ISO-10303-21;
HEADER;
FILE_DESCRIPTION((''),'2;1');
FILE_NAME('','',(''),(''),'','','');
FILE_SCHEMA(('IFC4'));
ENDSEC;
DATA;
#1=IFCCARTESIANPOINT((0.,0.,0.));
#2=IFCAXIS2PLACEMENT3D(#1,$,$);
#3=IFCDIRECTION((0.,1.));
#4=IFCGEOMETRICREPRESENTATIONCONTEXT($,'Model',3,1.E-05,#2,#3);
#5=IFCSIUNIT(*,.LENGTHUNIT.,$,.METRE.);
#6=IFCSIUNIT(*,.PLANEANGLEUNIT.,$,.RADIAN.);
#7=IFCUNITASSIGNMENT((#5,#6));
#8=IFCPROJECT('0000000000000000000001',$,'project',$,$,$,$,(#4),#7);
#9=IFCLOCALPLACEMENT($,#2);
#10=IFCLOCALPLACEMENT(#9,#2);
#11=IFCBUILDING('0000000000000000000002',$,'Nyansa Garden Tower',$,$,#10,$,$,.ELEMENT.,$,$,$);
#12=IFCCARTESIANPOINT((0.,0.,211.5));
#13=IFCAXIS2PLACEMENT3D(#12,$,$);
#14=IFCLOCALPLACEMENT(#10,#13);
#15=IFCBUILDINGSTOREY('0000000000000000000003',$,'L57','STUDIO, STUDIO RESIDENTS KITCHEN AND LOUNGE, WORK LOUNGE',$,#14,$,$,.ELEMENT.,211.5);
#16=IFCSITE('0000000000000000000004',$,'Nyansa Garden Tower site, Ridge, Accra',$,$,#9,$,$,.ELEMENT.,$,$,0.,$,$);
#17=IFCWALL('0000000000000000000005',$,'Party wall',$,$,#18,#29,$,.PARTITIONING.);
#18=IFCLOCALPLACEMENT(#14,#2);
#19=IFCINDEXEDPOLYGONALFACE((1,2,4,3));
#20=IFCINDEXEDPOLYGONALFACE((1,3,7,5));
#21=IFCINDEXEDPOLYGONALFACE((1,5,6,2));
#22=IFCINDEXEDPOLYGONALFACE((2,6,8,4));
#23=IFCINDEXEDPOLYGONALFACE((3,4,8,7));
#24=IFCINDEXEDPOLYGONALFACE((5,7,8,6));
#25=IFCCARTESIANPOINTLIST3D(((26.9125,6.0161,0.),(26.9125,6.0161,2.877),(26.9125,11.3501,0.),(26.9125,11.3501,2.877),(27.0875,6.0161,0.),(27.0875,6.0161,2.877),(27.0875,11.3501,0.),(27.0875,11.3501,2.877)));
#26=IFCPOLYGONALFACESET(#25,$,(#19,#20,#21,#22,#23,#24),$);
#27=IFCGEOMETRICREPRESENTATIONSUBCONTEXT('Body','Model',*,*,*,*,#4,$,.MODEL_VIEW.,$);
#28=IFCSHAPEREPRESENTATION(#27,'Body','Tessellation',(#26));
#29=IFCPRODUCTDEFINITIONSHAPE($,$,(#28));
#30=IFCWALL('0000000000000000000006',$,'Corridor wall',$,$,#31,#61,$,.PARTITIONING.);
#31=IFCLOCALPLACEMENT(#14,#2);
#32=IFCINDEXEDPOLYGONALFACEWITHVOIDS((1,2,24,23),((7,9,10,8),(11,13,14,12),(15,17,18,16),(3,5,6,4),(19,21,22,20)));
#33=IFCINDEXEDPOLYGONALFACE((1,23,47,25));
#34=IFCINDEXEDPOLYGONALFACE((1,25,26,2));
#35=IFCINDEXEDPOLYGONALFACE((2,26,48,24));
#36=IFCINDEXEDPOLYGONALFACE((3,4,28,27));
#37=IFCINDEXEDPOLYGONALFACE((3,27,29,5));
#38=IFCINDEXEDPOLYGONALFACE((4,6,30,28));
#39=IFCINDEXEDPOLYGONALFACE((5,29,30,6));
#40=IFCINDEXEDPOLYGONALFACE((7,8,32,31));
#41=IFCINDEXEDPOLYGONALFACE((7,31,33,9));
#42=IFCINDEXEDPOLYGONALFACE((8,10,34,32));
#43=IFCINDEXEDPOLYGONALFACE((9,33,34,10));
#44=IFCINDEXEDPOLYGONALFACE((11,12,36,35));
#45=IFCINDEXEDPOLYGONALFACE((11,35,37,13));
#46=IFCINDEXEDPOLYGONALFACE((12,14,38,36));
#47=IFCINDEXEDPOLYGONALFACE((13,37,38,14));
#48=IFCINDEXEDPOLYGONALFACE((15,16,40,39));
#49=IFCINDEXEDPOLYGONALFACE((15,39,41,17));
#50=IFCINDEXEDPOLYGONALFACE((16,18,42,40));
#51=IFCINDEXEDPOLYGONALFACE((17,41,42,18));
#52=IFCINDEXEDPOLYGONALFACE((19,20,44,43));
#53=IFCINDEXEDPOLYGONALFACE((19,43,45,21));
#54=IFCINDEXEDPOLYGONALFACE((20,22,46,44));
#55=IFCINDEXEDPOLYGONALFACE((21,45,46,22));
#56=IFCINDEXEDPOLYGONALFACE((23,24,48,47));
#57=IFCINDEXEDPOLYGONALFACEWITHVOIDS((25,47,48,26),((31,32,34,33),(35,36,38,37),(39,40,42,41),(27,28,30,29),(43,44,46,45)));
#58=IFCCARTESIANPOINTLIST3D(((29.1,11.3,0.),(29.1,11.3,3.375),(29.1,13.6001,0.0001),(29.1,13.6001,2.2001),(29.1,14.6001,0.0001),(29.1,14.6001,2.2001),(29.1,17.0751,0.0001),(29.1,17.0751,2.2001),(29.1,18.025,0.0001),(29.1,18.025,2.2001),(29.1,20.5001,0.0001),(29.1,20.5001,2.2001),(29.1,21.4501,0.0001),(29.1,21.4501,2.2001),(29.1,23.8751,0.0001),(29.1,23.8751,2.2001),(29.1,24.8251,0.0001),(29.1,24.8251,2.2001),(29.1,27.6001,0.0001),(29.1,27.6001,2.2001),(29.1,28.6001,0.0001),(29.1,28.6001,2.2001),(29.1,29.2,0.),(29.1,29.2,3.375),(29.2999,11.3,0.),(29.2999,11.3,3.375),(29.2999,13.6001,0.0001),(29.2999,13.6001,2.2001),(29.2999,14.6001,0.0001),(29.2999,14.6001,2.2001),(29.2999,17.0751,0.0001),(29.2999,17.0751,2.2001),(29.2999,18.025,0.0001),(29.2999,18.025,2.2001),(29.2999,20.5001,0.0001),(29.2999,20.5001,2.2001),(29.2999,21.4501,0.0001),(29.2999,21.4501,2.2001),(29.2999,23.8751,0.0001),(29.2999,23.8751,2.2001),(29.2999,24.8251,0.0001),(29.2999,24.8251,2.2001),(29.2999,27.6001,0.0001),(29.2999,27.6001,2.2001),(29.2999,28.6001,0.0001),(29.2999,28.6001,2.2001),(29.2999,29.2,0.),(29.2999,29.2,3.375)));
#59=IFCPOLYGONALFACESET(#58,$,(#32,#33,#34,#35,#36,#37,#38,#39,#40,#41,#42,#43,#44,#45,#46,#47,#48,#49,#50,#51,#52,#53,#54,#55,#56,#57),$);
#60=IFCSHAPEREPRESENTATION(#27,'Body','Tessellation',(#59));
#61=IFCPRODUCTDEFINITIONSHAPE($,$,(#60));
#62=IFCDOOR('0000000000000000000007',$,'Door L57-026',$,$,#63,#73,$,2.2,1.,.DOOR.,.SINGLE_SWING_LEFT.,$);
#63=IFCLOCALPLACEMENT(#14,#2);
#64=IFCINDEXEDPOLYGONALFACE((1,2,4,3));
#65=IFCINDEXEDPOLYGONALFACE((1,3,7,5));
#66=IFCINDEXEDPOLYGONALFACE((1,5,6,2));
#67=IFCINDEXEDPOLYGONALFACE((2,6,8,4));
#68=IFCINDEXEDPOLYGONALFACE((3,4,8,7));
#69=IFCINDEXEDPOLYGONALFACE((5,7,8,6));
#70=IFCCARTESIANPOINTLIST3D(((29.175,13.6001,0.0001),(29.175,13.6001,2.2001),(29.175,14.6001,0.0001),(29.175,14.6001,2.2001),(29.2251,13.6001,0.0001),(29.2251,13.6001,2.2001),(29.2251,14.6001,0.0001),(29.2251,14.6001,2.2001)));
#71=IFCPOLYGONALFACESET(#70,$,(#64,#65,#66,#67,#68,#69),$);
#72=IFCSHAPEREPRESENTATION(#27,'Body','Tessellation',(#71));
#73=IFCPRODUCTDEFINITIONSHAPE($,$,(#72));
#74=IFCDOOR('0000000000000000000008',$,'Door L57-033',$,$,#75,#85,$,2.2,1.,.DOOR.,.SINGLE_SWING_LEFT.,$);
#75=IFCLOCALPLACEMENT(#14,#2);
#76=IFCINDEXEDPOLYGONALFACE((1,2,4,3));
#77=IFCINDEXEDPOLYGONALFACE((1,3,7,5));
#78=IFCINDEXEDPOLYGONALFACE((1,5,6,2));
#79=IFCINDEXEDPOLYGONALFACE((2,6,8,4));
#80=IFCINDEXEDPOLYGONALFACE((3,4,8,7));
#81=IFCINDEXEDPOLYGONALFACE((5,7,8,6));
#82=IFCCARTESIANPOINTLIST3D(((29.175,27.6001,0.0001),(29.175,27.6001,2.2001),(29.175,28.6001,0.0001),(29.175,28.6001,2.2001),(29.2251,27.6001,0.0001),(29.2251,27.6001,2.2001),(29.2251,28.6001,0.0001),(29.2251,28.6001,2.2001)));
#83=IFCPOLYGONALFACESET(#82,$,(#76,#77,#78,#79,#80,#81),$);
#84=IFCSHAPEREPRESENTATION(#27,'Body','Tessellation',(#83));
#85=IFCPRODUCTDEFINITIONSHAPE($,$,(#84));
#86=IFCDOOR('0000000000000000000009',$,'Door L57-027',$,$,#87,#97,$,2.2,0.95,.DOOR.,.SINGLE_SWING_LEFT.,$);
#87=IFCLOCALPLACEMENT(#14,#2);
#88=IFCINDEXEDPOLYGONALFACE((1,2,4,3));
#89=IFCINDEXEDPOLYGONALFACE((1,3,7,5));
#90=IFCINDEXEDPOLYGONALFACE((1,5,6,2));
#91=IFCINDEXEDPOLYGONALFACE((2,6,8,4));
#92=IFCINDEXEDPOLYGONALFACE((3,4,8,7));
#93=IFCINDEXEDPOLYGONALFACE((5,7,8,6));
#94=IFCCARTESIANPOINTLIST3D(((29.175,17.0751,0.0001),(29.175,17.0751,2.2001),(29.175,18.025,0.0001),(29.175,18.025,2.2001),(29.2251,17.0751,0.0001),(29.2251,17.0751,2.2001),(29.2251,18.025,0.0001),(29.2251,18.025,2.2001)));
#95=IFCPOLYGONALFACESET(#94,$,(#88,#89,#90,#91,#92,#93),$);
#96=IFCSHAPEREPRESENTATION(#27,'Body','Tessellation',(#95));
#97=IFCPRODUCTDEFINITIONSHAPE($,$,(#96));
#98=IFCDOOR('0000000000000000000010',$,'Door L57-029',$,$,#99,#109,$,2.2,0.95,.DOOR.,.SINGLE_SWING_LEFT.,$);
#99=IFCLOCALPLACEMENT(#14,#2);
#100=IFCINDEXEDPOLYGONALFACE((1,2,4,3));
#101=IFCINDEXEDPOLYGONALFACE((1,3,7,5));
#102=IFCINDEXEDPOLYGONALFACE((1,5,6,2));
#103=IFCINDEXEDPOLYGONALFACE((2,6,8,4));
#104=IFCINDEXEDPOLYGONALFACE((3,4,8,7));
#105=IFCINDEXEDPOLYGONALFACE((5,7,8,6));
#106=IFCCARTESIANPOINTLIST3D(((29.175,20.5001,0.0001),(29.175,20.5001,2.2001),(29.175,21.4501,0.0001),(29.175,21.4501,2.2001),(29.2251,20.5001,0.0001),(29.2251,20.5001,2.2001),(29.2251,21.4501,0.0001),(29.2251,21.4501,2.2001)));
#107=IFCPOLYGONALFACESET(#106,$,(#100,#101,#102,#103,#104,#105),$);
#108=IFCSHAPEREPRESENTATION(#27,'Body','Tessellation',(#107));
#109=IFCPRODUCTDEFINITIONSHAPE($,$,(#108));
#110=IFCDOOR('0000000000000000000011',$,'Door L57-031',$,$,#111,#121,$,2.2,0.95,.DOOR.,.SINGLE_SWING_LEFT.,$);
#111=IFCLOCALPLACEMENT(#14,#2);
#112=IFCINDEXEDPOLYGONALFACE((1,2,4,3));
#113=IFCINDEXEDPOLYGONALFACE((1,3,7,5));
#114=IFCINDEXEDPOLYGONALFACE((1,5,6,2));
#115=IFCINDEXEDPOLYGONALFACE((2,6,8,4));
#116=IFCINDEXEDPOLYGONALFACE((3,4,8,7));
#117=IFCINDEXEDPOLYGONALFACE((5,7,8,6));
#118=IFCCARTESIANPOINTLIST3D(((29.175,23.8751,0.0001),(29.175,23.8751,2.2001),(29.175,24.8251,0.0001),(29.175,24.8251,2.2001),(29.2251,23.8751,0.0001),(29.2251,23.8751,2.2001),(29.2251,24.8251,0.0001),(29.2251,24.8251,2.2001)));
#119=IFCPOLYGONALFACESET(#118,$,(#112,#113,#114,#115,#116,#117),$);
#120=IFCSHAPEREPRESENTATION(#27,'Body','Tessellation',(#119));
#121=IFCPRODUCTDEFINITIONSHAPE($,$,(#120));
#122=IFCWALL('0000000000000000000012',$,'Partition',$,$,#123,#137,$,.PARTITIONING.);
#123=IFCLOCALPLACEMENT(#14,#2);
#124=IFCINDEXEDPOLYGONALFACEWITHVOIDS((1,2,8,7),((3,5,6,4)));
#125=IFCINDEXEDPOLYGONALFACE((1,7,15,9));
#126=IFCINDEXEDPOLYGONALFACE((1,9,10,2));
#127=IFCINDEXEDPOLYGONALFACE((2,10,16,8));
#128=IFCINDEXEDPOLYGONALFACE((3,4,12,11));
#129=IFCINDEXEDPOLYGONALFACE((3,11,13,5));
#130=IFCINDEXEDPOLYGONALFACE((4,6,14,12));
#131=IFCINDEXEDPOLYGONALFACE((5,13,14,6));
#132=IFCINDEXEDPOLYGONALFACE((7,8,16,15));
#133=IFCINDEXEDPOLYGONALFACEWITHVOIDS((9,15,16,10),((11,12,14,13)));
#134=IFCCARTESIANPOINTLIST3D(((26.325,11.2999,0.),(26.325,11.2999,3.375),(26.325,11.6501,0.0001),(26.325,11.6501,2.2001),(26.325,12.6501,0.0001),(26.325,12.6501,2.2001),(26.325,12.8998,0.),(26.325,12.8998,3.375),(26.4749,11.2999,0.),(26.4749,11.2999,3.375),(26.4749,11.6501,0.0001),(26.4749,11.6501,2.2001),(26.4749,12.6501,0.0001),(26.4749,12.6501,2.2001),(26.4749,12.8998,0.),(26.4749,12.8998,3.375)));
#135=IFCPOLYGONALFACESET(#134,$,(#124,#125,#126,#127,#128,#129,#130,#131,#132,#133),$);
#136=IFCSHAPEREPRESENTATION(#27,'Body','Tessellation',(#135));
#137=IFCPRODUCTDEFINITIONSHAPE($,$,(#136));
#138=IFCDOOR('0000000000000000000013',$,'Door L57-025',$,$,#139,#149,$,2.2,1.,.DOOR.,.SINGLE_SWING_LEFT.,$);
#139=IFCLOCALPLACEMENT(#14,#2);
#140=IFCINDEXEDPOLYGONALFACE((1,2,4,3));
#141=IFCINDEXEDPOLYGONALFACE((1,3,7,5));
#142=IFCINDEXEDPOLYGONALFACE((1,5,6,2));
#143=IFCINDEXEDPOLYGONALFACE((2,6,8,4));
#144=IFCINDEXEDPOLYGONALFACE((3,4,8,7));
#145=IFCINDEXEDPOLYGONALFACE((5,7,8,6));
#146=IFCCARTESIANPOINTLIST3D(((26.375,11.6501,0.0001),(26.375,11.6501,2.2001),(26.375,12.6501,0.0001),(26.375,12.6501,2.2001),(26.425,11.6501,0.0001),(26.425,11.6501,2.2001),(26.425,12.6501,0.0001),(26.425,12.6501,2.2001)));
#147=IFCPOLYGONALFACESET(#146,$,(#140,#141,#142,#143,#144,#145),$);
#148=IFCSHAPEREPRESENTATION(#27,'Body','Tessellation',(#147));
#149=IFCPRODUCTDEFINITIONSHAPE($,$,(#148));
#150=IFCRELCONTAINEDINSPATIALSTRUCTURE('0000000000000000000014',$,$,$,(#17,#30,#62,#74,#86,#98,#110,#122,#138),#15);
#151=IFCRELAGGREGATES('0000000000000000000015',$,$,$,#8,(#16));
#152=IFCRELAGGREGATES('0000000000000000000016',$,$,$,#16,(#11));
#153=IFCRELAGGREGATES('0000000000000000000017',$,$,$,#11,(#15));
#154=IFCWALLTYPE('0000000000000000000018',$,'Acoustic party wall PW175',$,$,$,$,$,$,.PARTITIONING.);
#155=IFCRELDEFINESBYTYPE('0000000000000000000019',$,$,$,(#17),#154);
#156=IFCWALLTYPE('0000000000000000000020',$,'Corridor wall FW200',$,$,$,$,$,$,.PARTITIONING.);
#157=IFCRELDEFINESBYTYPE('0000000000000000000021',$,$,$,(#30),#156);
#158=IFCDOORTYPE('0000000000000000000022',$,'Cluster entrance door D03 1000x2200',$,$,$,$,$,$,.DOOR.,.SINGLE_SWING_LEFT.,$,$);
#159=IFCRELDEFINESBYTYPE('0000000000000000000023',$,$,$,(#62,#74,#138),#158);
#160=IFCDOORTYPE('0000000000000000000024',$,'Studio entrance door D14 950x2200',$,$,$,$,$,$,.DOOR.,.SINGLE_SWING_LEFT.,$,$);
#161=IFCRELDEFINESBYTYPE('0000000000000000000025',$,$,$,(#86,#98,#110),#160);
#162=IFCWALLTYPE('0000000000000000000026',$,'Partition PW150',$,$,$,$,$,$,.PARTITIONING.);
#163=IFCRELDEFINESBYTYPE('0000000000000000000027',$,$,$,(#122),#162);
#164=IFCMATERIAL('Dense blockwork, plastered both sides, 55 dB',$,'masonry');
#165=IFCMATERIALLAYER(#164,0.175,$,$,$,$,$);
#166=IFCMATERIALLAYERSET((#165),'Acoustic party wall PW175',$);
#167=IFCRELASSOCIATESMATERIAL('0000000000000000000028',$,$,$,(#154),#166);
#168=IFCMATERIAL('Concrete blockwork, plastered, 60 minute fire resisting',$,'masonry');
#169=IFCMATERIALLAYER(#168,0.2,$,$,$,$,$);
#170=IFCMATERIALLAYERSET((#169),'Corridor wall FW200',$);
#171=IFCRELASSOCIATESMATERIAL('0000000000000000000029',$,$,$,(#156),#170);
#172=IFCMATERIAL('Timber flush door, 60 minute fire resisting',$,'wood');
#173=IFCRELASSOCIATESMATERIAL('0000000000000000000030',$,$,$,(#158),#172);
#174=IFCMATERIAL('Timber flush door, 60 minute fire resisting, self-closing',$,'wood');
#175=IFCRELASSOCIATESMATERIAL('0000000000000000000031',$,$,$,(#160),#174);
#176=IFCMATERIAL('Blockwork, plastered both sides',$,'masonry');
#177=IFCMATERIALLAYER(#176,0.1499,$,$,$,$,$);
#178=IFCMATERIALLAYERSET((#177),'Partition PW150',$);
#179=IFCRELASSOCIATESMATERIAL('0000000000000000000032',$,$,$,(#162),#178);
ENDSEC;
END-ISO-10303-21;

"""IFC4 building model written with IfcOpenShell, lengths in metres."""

from ifc_helpers import new_model, si_unit, direction, frame, frame_2d, origin, place, context, subcontext, project, spatial, rectangle, extrude, material, layer, layer_set, type_object, element, fill, save


model = new_model("IFC4")

# Units and contexts
model_context = context("Model", 3, precision=1e-05, world=origin(), true_north=direction((0.0, 1.0)))
body_context = subcontext(model_context, "Body", "Model", "MODEL_VIEW")
ifc_project = project(units=[si_unit("LENGTHUNIT", "METRE"), si_unit("PLANEANGLEUNIT", "RADIAN")], contexts=[model_context])

# Site, building, storey
site_placement = place(None, origin())
site = spatial("IfcSite", under=ifc_project, at=site_placement, Name="Nyansa Garden Tower site, Ridge, Accra", CompositionType="ELEMENT", RefElevation=0.0)
building_placement = place(site_placement, origin())
building = spatial("IfcBuilding", under=site, at=building_placement, Name="Nyansa Garden Tower", CompositionType="ELEMENT")
storey_placement = place(building_placement, frame((0.0, 0.0, 211.5)))
storey = spatial("IfcBuildingStorey", under=building, at=storey_placement, Name="L57", Description="STUDIO, STUDIO RESIDENTS KITCHEN AND LOUNGE, WORK LOUNGE", CompositionType="ELEMENT", Elevation=211.5)

# Wall
ifc_material_1 = material(Name="Dense blockwork, plastered both sides, 55 dB", Category="masonry")
ifc_layer_1 = layer(ifc_material_1, 0.175)
ifc_layer_set_1 = layer_set([ifc_layer_1], Name="Acoustic party wall PW175")
wall_type_1 = type_object("IfcWallType", Name="Acoustic party wall PW175", PredefinedType="PARTITIONING", material=ifc_layer_set_1)
wall_1_placement = place(storey_placement, frame((27.0, 6.0161, 0.0), z_axis=(0.0, 0.0, 1.0), x_axis=(0.0, 1.0, 0.0)))
element("IfcWall", 1, at=wall_1_placement, inside=storey, type_object=wall_type_1, Name="Party wall", PredefinedType="PARTITIONING", context=body_context, shape_type="SweptSolid", body=[
    extrude(rectangle(XDim=5.334, YDim=0.175, at=frame_2d((2.667, 0.0))), origin(), (0.0, 0.0, 1.0), 2.877),
])

# Wall, openings, doors
ifc_material_2 = material(Name="Concrete blockwork, plastered, 60 minute fire resisting", Category="masonry")
ifc_layer_2 = layer(ifc_material_2, 0.2)
ifc_layer_set_2 = layer_set([ifc_layer_2], Name="Corridor wall FW200")
wall_type_2 = type_object("IfcWallType", Name="Corridor wall FW200", PredefinedType="PARTITIONING", material=ifc_layer_set_2)
wall_2_placement = place(storey_placement, frame((29.2, 11.3, 0.0), z_axis=(0.0, 0.0, 1.0), x_axis=(0.0, 1.0, 0.0)))
wall_2 = element("IfcWall", 2, at=wall_2_placement, inside=storey, type_object=wall_type_2, Name="Corridor wall", PredefinedType="PARTITIONING", context=body_context, shape_type="SweptSolid", body=[
    extrude(rectangle(XDim=17.8999, YDim=0.2, at=frame_2d((8.95, 0.0))), origin(), (0.0, 0.0, 1.0), 3.375),
])
opening_1_placement = place(wall_2_placement, frame((2.3, 0.0, 0.0)))
opening_1 = element("IfcOpeningElement", 3, at=opening_1_placement, cuts=wall_2, PredefinedType="OPENING", context=body_context, shape_type="SweptSolid", body=[
    extrude(rectangle(XDim=1.0, YDim=2.2, at=frame_2d((0.5, 1.1001))), frame((0.0, 0.1099, 0.0), z_axis=(0.0, -1.0, 0.0), x_axis=(1.0, 0.0, 0.0)), (0.0, 0.0, 1.0), 0.22),
])
opening_2_placement = place(wall_2_placement, frame((5.7749, 0.0, 0.0)))
opening_2 = element("IfcOpeningElement", 4, at=opening_2_placement, cuts=wall_2, PredefinedType="OPENING", context=body_context, shape_type="SweptSolid", body=[
    extrude(rectangle(XDim=0.95, YDim=2.2, at=frame_2d((0.4751, 1.1001))), frame((0.0, 0.1099, 0.0), z_axis=(0.0, -1.0, 0.0), x_axis=(1.0, 0.0, 0.0)), (0.0, 0.0, 1.0), 0.22),
])
opening_3_placement = place(wall_2_placement, frame((9.2, 0.0, 0.0)))
opening_3 = element("IfcOpeningElement", 5, at=opening_3_placement, cuts=wall_2, PredefinedType="OPENING", context=body_context, shape_type="SweptSolid", body=[
    extrude(rectangle(XDim=0.95, YDim=2.2, at=frame_2d((0.4751, 1.1001))), frame((0.0, 0.1099, 0.0), z_axis=(0.0, -1.0, 0.0), x_axis=(1.0, 0.0, 0.0)), (0.0, 0.0, 1.0), 0.22),
])
opening_4_placement = place(wall_2_placement, frame((12.575, 0.0, 0.0)))
opening_4 = element("IfcOpeningElement", 6, at=opening_4_placement, cuts=wall_2, PredefinedType="OPENING", context=body_context, shape_type="SweptSolid", body=[
    extrude(rectangle(XDim=0.95, YDim=2.2, at=frame_2d((0.4751, 1.1001))), frame((0.0, 0.1099, 0.0), z_axis=(0.0, -1.0, 0.0), x_axis=(1.0, 0.0, 0.0)), (0.0, 0.0, 1.0), 0.22),
])
opening_5_placement = place(wall_2_placement, frame((16.3, 0.0, 0.0)))
opening_5 = element("IfcOpeningElement", 7, at=opening_5_placement, cuts=wall_2, PredefinedType="OPENING", context=body_context, shape_type="SweptSolid", body=[
    extrude(rectangle(XDim=1.0, YDim=2.2, at=frame_2d((0.5, 1.1001))), frame((0.0, 0.1099, 0.0), z_axis=(0.0, -1.0, 0.0), x_axis=(1.0, 0.0, 0.0)), (0.0, 0.0, 1.0), 0.22),
])
ifc_material_3 = material(Name="Timber flush door, 60 minute fire resisting", Category="wood")
door_type_1 = type_object("IfcDoorType", Name="Cluster entrance door D03 1000x2200", OperationType="SINGLE_SWING_LEFT", PredefinedType="DOOR", material=ifc_material_3)
door_1_placement = place(opening_1_placement, origin())
door_1 = element("IfcDoor", 8, at=door_1_placement, inside=storey, type_object=door_type_1, Name="Door L57-026", OperationType="SINGLE_SWING_LEFT", OverallHeight=2.2, OverallWidth=1.0, PredefinedType="DOOR", context=body_context, shape_type="SweptSolid", body=[
    extrude(rectangle(XDim=1.0, YDim=2.2, at=frame_2d((0.5, 1.1001))), frame((0.0, 0.0249, 0.0), z_axis=(0.0, -1.0, 0.0), x_axis=(1.0, 0.0, 0.0)), (0.0, 0.0, 1.0), 0.05),
])
fill(opening_1, door_1)
door_2_placement = place(opening_5_placement, origin())
door_2 = element("IfcDoor", 9, at=door_2_placement, inside=storey, type_object=door_type_1, Name="Door L57-033", OperationType="SINGLE_SWING_LEFT", OverallHeight=2.2, OverallWidth=1.0, PredefinedType="DOOR", context=body_context, shape_type="SweptSolid", body=[
    extrude(rectangle(XDim=1.0, YDim=2.2, at=frame_2d((0.5, 1.1001))), frame((0.0, 0.0249, 0.0), z_axis=(0.0, -1.0, 0.0), x_axis=(1.0, 0.0, 0.0)), (0.0, 0.0, 1.0), 0.05),
])
fill(opening_5, door_2)
ifc_material_4 = material(Name="Timber flush door, 60 minute fire resisting, self-closing", Category="wood")
door_type_2 = type_object("IfcDoorType", Name="Studio entrance door D14 950x2200", OperationType="SINGLE_SWING_LEFT", PredefinedType="DOOR", material=ifc_material_4)
door_3_placement = place(opening_2_placement, origin())
door_3 = element("IfcDoor", 10, at=door_3_placement, inside=storey, type_object=door_type_2, Name="Door L57-027", OperationType="SINGLE_SWING_LEFT", OverallHeight=2.2, OverallWidth=0.95, PredefinedType="DOOR", context=body_context, shape_type="SweptSolid", body=[
    extrude(rectangle(XDim=0.95, YDim=2.2, at=frame_2d((0.4751, 1.1001))), frame((0.0, 0.0249, 0.0), z_axis=(0.0, -1.0, 0.0), x_axis=(1.0, 0.0, 0.0)), (0.0, 0.0, 1.0), 0.05),
])
fill(opening_2, door_3)
door_4_placement = place(opening_3_placement, origin())
door_4 = element("IfcDoor", 11, at=door_4_placement, inside=storey, type_object=door_type_2, Name="Door L57-029", OperationType="SINGLE_SWING_LEFT", OverallHeight=2.2, OverallWidth=0.95, PredefinedType="DOOR", context=body_context, shape_type="SweptSolid", body=[
    extrude(rectangle(XDim=0.95, YDim=2.2, at=frame_2d((0.4751, 1.1001))), frame((0.0, 0.0249, 0.0), z_axis=(0.0, -1.0, 0.0), x_axis=(1.0, 0.0, 0.0)), (0.0, 0.0, 1.0), 0.05),
])
fill(opening_3, door_4)
door_5_placement = place(opening_4_placement, origin())
door_5 = element("IfcDoor", 12, at=door_5_placement, inside=storey, type_object=door_type_2, Name="Door L57-031", OperationType="SINGLE_SWING_LEFT", OverallHeight=2.2, OverallWidth=0.95, PredefinedType="DOOR", context=body_context, shape_type="SweptSolid", body=[
    extrude(rectangle(XDim=0.95, YDim=2.2, at=frame_2d((0.4751, 1.1001))), frame((0.0, 0.0249, 0.0), z_axis=(0.0, -1.0, 0.0), x_axis=(1.0, 0.0, 0.0)), (0.0, 0.0, 1.0), 0.05),
])
fill(opening_4, door_5)

# Wall, opening, door
ifc_material_5 = material(Name="Blockwork, plastered both sides", Category="masonry")
ifc_layer_3 = layer(ifc_material_5, 0.1499)
ifc_layer_set_3 = layer_set([ifc_layer_3], Name="Partition PW150")
wall_type_3 = type_object("IfcWallType", Name="Partition PW150", PredefinedType="PARTITIONING", material=ifc_layer_set_3)
wall_3_placement = place(storey_placement, frame((26.3999, 11.3, 0.0), z_axis=(0.0, 0.0, 1.0), x_axis=(0.0, 1.0, 0.0)))
wall_3 = element("IfcWall", 13, at=wall_3_placement, inside=storey, type_object=wall_type_3, Name="Partition", PredefinedType="PARTITIONING", context=body_context, shape_type="SweptSolid", body=[
    extrude(rectangle(XDim=1.5999, YDim=0.1499, at=frame_2d((0.7998, 0.0))), origin(), (0.0, 0.0, 1.0), 3.375),
])
opening_6_placement = place(wall_3_placement, frame((0.3501, 0.0, 0.0)))
opening_6 = element("IfcOpeningElement", 14, at=opening_6_placement, cuts=wall_3, PredefinedType="OPENING", context=body_context, shape_type="SweptSolid", body=[
    extrude(rectangle(XDim=1.0, YDim=2.2, at=frame_2d((0.5, 1.1001))), frame((0.0, 0.085, 0.0), z_axis=(0.0, -1.0, 0.0), x_axis=(1.0, 0.0, 0.0)), (0.0, 0.0, 1.0), 0.1699),
])
door_6_placement = place(opening_6_placement, origin())
door_6 = element("IfcDoor", 15, at=door_6_placement, inside=storey, type_object=door_type_1, Name="Door L57-025", OperationType="SINGLE_SWING_LEFT", OverallHeight=2.2, OverallWidth=1.0, PredefinedType="DOOR", context=body_context, shape_type="SweptSolid", body=[
    extrude(rectangle(XDim=1.0, YDim=2.2, at=frame_2d((0.5, 1.1001))), frame((0.0, 0.0249, 0.0), z_axis=(0.0, -1.0, 0.0), x_axis=(1.0, 0.0, 0.0)), (0.0, 0.0, 1.0), 0.05),
])
fill(opening_6, door_6)

save(model, "model.ifc")
